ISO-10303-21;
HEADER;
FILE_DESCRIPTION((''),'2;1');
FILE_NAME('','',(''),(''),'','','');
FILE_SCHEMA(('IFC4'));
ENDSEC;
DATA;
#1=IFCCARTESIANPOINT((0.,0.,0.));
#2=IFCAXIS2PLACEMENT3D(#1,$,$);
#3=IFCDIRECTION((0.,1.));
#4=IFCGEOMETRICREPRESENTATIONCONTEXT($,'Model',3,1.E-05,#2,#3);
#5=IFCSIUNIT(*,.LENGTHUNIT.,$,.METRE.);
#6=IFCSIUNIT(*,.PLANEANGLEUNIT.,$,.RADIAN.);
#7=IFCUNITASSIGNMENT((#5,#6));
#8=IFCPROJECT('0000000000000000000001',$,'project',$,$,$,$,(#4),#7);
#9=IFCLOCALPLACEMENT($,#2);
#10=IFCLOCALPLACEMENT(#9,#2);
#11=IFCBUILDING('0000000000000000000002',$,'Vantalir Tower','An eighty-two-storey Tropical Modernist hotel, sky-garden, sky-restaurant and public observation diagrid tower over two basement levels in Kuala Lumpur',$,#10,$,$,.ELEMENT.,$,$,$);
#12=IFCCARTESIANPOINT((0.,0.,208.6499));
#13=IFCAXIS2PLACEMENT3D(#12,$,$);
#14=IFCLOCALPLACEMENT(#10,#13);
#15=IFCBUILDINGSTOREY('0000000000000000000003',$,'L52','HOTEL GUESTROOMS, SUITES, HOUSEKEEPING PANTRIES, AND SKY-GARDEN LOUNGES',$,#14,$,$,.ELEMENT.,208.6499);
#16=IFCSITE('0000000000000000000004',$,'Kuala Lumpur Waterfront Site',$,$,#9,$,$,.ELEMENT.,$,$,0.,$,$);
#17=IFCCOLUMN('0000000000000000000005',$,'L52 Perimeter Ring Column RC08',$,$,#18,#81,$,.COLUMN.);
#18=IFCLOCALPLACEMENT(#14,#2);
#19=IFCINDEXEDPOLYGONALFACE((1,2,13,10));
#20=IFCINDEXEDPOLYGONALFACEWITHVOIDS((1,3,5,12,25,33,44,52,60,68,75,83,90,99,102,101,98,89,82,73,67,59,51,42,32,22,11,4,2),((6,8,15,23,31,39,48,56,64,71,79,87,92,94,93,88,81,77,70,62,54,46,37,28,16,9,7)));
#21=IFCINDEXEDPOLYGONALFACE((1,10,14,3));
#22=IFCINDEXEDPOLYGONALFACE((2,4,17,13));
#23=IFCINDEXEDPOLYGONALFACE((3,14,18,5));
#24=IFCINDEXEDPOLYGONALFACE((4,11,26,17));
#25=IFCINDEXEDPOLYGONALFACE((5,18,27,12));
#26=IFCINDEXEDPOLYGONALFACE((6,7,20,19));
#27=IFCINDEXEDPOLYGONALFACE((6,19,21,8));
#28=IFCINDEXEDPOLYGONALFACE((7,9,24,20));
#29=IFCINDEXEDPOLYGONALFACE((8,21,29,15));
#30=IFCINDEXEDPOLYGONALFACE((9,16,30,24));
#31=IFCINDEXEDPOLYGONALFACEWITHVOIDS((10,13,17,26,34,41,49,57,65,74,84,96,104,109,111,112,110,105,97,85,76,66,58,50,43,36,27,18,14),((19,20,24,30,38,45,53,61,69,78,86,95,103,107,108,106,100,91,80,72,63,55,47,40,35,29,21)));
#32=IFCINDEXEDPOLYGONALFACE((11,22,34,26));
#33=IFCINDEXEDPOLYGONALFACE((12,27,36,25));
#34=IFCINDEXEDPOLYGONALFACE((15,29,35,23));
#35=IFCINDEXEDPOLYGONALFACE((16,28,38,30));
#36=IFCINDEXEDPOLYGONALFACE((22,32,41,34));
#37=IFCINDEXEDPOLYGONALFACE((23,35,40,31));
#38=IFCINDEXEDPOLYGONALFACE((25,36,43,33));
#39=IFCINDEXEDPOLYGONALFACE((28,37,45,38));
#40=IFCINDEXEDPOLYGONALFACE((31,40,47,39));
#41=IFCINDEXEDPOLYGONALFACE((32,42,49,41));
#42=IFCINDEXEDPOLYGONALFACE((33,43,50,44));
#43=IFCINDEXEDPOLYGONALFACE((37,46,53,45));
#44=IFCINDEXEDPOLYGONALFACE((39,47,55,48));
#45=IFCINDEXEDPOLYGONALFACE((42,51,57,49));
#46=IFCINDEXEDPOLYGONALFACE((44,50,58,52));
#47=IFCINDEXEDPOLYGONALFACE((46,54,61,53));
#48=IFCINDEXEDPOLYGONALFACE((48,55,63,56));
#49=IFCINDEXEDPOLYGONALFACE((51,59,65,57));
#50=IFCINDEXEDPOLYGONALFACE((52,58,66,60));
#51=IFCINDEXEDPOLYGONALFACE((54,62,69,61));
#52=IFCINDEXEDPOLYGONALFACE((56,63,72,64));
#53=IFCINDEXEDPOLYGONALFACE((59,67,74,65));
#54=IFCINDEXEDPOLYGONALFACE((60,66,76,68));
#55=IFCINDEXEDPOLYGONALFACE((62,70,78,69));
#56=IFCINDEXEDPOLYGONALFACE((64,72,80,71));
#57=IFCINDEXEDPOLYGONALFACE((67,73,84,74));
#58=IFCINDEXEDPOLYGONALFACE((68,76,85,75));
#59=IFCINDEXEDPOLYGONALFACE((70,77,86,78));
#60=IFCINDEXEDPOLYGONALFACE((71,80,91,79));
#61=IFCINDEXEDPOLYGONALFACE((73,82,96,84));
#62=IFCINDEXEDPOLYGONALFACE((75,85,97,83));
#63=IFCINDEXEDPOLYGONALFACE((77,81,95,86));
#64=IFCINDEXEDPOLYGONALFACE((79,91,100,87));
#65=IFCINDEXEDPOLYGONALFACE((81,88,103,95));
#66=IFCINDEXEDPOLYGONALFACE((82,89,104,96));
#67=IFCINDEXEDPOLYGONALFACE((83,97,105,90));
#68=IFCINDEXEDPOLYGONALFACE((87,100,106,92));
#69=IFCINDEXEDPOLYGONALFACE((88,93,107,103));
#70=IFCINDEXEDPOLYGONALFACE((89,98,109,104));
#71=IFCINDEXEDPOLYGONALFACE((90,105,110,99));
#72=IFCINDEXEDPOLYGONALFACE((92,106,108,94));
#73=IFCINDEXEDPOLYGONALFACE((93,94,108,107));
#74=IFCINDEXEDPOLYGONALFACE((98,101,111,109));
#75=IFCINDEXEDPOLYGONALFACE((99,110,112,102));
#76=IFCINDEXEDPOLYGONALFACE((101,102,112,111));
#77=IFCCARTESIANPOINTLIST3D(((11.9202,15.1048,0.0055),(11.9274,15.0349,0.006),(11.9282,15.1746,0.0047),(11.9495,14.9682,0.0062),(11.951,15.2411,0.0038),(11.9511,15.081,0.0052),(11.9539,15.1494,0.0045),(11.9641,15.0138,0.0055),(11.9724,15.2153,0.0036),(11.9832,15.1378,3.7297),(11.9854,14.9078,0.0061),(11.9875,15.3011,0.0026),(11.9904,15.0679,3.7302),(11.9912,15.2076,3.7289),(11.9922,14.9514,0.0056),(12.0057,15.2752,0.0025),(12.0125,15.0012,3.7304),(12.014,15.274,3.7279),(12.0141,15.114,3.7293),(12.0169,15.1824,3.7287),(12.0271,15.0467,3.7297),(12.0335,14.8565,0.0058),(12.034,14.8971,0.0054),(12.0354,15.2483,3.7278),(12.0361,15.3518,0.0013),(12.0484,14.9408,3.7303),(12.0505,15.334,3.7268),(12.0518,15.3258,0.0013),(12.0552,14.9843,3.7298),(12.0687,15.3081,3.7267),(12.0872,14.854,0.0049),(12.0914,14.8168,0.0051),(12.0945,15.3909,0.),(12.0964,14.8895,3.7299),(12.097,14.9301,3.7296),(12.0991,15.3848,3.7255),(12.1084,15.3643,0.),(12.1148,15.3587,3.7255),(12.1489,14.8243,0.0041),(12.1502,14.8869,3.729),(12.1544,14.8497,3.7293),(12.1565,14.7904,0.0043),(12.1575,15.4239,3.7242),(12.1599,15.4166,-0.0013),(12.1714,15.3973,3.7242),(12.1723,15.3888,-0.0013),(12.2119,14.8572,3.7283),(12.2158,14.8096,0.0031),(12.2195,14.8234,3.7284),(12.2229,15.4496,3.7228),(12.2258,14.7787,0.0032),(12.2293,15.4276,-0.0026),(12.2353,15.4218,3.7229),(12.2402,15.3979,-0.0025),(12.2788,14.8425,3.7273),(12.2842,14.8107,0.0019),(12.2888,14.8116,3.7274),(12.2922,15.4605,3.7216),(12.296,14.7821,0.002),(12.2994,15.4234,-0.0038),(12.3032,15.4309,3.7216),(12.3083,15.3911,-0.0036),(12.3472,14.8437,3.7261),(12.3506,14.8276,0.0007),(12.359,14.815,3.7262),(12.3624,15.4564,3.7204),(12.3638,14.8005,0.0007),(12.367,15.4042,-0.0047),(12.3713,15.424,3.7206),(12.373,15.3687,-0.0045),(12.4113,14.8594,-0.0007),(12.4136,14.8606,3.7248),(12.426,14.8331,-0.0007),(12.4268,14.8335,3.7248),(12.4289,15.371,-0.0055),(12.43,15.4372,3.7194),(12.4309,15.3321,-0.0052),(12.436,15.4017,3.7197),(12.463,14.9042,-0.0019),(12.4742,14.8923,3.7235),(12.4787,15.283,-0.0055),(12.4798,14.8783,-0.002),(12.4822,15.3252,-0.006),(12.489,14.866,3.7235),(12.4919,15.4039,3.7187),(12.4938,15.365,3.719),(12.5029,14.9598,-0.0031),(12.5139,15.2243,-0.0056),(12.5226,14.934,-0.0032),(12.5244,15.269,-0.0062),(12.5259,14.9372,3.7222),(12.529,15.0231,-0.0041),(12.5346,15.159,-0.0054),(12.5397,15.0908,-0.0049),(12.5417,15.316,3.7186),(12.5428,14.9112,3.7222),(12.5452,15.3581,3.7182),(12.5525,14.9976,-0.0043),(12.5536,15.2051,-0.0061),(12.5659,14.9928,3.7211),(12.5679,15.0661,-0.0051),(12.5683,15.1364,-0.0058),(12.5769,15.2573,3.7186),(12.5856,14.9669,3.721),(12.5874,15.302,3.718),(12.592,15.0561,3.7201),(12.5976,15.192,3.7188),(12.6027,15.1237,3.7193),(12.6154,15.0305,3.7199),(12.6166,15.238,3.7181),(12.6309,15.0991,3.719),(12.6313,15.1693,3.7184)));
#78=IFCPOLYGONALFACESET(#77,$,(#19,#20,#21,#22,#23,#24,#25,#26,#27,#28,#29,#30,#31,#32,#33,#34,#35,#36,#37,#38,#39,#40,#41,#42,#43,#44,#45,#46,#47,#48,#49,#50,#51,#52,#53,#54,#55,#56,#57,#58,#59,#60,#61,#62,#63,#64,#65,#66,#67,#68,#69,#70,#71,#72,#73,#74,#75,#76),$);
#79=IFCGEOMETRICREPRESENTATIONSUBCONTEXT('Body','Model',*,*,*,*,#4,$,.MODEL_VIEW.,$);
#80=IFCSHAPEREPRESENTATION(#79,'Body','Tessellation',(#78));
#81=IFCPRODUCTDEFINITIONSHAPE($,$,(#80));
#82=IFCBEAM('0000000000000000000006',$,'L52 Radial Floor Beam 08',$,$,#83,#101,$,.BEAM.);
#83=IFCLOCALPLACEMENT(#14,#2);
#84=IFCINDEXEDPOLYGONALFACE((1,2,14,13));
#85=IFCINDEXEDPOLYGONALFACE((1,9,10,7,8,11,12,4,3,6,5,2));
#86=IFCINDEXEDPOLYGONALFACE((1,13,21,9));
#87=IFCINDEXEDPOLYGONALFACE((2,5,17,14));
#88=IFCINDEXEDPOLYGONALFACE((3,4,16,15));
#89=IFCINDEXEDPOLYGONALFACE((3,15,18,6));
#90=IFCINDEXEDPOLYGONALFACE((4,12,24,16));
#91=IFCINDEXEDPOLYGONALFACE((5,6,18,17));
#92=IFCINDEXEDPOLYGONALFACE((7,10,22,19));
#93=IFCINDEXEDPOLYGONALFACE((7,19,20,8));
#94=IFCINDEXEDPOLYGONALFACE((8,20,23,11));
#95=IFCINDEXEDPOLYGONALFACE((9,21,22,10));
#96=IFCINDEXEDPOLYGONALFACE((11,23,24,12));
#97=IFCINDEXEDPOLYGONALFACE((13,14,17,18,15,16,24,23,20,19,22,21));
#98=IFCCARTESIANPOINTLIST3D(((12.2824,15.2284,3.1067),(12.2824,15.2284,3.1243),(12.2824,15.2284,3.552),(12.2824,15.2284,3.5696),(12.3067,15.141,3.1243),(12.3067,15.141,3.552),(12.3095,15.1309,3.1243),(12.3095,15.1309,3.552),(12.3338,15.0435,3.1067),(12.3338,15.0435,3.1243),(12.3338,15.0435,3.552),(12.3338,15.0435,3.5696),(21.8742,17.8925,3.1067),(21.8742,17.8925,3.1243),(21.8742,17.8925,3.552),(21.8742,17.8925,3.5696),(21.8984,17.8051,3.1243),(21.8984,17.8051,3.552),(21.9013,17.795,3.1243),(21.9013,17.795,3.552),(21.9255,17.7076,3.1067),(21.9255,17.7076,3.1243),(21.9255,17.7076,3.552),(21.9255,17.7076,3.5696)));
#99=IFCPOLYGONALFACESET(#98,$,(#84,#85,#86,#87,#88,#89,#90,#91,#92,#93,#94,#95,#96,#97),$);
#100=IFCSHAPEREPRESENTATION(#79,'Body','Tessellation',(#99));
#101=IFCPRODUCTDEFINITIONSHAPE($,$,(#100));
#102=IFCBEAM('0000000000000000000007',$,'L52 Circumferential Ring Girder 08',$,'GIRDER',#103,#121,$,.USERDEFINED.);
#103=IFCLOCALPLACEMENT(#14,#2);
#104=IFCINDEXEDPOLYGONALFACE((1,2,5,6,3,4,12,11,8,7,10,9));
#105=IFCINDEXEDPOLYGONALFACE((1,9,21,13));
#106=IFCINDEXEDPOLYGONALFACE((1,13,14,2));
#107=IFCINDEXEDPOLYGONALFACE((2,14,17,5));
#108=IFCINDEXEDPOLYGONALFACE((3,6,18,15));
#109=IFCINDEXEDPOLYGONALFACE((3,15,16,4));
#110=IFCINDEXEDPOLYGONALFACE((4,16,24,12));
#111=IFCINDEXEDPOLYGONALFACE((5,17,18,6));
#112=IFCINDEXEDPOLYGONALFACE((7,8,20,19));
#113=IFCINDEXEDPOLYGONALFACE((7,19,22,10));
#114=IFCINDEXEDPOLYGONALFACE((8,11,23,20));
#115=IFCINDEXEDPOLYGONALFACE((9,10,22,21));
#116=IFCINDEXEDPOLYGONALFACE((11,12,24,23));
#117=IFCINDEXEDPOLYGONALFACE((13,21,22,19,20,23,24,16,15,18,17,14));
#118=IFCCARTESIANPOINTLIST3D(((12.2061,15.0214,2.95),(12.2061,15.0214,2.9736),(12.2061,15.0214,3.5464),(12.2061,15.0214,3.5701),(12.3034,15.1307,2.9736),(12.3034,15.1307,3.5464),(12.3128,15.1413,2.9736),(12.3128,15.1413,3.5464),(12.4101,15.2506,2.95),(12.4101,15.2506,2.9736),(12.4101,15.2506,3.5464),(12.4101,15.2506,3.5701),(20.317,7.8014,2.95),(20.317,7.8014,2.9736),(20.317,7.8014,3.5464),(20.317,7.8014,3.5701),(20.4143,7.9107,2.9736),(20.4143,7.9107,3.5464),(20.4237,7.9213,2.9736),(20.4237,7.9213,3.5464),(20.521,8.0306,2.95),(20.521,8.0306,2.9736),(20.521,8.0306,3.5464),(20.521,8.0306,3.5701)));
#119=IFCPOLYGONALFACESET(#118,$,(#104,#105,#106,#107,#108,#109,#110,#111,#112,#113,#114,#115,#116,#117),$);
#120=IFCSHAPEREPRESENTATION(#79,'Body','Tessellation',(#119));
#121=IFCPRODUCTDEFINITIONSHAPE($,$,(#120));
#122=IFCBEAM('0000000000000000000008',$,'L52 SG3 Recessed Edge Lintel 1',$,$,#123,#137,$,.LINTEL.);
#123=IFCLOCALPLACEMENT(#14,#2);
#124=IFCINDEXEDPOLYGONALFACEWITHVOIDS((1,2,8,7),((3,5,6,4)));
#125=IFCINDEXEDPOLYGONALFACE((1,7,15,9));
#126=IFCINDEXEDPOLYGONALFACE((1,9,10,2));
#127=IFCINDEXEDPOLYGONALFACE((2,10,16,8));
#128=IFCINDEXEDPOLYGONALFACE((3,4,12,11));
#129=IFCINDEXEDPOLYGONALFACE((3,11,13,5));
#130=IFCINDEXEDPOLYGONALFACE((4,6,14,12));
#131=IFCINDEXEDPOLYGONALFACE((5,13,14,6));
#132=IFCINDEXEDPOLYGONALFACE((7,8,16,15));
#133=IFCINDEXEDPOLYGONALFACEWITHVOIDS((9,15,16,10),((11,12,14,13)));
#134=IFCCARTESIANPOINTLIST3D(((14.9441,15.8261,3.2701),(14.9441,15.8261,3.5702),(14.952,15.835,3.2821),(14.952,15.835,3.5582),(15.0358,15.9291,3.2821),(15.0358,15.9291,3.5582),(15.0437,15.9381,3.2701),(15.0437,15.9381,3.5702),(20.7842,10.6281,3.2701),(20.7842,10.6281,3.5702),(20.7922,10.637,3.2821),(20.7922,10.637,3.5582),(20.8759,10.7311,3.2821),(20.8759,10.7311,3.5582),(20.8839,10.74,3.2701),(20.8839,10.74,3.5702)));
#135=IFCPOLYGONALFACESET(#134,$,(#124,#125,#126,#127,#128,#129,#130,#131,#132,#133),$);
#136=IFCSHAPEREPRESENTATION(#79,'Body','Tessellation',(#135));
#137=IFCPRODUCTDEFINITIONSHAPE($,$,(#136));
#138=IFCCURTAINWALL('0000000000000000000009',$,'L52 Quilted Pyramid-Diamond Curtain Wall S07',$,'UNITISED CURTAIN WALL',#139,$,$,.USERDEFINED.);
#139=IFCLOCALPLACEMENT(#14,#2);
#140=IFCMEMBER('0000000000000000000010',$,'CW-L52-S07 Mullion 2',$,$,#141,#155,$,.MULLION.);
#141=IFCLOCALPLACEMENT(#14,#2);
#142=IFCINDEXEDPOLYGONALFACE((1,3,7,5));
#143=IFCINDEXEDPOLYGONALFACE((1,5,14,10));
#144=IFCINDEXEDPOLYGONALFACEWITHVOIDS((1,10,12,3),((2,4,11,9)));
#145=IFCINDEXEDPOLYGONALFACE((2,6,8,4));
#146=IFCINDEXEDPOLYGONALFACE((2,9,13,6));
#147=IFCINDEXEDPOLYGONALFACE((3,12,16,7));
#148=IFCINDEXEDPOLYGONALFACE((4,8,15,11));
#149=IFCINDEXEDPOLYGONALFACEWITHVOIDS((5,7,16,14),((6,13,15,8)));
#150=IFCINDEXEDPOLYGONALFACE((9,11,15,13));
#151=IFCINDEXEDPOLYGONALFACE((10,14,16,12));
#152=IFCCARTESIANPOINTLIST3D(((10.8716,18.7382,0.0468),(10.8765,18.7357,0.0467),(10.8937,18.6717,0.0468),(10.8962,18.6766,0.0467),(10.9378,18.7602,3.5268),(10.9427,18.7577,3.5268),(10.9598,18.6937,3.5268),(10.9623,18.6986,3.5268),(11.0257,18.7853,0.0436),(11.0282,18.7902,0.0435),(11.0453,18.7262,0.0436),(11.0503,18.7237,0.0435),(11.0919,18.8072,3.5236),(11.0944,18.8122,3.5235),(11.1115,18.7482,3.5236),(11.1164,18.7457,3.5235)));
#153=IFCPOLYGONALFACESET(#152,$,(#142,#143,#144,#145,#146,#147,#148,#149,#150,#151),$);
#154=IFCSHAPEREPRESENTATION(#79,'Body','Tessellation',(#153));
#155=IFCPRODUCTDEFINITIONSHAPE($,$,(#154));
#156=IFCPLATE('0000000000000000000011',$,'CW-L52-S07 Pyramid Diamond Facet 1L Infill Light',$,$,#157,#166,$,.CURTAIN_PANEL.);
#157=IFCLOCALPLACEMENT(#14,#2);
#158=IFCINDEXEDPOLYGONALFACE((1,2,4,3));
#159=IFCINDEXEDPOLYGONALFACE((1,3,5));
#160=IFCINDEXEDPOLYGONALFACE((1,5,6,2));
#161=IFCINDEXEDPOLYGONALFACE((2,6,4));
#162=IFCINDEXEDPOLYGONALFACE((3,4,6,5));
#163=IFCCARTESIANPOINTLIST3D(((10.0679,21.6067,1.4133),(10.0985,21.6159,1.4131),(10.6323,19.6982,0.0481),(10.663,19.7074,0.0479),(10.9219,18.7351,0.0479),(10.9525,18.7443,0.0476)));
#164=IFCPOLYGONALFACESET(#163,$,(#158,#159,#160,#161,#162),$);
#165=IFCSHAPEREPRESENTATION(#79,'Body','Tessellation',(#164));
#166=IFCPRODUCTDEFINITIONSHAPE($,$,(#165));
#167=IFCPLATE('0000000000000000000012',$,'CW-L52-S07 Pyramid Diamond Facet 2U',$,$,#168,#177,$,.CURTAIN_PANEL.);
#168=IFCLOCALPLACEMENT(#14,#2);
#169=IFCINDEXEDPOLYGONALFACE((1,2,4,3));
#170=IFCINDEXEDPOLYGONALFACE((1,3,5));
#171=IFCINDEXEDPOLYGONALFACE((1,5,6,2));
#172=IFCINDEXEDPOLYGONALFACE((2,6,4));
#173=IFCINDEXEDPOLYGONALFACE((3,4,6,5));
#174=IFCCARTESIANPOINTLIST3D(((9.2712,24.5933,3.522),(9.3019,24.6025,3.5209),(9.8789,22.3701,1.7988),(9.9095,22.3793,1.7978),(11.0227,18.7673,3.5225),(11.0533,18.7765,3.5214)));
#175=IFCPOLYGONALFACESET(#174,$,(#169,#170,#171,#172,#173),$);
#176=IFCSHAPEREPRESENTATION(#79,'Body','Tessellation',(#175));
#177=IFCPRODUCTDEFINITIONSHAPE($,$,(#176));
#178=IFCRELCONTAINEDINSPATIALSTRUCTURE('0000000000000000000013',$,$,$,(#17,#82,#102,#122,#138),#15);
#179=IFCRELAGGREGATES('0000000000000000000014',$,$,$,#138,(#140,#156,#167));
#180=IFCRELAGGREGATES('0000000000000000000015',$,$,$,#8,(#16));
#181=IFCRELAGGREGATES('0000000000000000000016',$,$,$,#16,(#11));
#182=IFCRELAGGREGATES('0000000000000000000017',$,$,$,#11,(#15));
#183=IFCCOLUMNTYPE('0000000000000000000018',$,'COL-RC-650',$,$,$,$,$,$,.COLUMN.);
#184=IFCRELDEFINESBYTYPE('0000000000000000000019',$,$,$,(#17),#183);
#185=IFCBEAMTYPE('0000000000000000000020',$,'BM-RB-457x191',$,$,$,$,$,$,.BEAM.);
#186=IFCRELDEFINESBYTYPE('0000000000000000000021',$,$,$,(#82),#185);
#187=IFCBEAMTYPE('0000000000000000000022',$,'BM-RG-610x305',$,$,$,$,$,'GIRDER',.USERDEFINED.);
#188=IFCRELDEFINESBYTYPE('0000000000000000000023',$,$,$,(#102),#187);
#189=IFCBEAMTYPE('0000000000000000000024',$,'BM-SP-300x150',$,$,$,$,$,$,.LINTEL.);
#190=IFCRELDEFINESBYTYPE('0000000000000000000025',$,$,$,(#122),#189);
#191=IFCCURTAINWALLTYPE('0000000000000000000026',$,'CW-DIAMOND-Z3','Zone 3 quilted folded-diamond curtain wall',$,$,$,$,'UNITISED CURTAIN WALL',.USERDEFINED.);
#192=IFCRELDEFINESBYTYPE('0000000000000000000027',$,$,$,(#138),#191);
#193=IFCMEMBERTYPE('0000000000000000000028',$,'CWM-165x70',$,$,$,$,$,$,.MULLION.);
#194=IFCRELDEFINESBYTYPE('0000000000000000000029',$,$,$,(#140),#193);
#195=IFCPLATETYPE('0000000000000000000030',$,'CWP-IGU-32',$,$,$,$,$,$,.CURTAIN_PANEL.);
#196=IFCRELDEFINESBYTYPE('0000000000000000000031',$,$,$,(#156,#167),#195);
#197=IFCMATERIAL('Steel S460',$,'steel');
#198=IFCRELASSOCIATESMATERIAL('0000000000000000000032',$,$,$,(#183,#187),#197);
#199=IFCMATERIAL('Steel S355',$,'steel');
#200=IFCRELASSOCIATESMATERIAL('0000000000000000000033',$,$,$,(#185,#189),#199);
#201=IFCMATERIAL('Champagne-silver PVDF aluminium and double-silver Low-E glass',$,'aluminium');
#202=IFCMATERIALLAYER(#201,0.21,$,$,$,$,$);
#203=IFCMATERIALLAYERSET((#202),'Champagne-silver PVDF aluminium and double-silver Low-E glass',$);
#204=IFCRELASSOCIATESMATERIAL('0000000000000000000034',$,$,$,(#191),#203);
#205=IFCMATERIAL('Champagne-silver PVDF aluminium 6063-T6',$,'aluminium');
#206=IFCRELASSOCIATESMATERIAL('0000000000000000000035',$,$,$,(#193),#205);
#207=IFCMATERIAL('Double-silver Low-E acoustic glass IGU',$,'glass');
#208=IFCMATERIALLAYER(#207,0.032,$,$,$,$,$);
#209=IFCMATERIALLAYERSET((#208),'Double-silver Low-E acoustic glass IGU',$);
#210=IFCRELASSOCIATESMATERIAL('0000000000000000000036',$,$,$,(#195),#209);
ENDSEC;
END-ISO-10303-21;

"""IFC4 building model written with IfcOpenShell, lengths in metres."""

from ifc_helpers import new_model, si_unit, direction, frame, origin, origin_2d, place, context, subcontext, project, spatial, polyline, hollow_rectangle, hollow_circle, i_section, outline, extrude, material, layer, layer_set, material_profile, profile_set, type_object, element, aggregate, save


model = new_model("IFC4")

# Units and contexts
model_context = context("Model", 3, precision=1e-05, world=origin(), true_north=direction((0.0, 1.0)))
body_context = subcontext(model_context, "Body", "Model", "MODEL_VIEW")
ifc_project = project(units=[si_unit("LENGTHUNIT", "METRE"), si_unit("PLANEANGLEUNIT", "RADIAN")], contexts=[model_context])

# Site, building, storey
site_placement = place(None, origin())
site = spatial("IfcSite", under=ifc_project, at=site_placement, Name="Kuala Lumpur Waterfront Site", CompositionType="ELEMENT", RefElevation=0.0)
building_placement = place(site_placement, origin())
building = spatial("IfcBuilding", under=site, at=building_placement, Name="Vantalir Tower", Description="An eighty-two-storey Tropical Modernist hotel, sky-garden, sky-restaurant and public observation diagrid tower over two basement levels in Kuala Lumpur", CompositionType="ELEMENT")
storey_placement = place(building_placement, frame((0.0, 0.0, 208.6499)))
storey = spatial("IfcBuildingStorey", under=building, at=storey_placement, Name="L52", Description="HOTEL GUESTROOMS, SUITES, HOUSEKEEPING PANTRIES, AND SKY-GARDEN LOUNGES", CompositionType="ELEMENT", Elevation=208.6499)

# Column
ifc_material_1 = material(Name="Steel S460", Category="steel")
ifc_material_profile_1 = material_profile(ifc_material_1, hollow_circle(Radius=0.325, WallThickness=0.03, at=origin_2d()), Name="Steel S460")
ifc_profile_set_1 = profile_set([ifc_material_profile_1], Name="Steel S460")
column_type = type_object("IfcColumnType", Name="COL-RC-650", PredefinedType="COLUMN", material=ifc_profile_set_1)
column_placement = place(storey_placement, frame((12.2451, 15.103, 0.0), z_axis=(0.016911, 0.008849, 0.999818), x_axis=(-0.463622, 0.886033, 0.0)))
element("IfcColumn", 1, at=column_placement, inside=storey, type_object=column_type, Name="L52 Perimeter Ring Column RC08", PredefinedType="COLUMN", context=body_context, shape_type="SweptSolid", body=[
    extrude(hollow_circle(Radius=0.325, WallThickness=0.03, at=origin_2d()), origin(), (0.0, 0.0, 1.0), 3.7249),
])

# Beams
ifc_material_2 = material(Name="Steel S355", Category="steel")
ifc_material_profile_2 = material_profile(ifc_material_2, i_section(OverallWidth=0.1919, OverallDepth=0.4629, WebThickness=0.0105, FlangeThickness=0.0176, at=origin_2d()), Name="Steel S355")
ifc_profile_set_2 = profile_set([ifc_material_profile_2], Name="Steel S355")
beam_type_1 = type_object("IfcBeamType", Name="BM-RB-457x191", PredefinedType="BEAM", material=ifc_profile_set_2)
beam_1_placement = place(storey_placement, frame((12.3081, 15.136, 3.3381), z_axis=(0.963526, 0.267614, 0.0), x_axis=(-0.267614, 0.963526, 0.0)))
element("IfcBeam", 2, at=beam_1_placement, inside=storey, type_object=beam_type_1, Name="L52 Radial Floor Beam 08", PredefinedType="BEAM", context=body_context, shape_type="SweptSolid", body=[
    extrude(i_section(OverallWidth=0.1919, OverallDepth=0.4629, WebThickness=0.0105, FlangeThickness=0.0176, at=origin_2d()), origin(), (0.0, 0.0, 1.0), 9.9548),
])
ifc_material_profile_3 = material_profile(ifc_material_1, i_section(OverallWidth=0.3069, OverallDepth=0.6201, WebThickness=0.0142, FlangeThickness=0.0237, at=origin_2d()), Name="Steel S460")
ifc_profile_set_3 = profile_set([ifc_material_profile_3], Name="Steel S460")
beam_type_2 = type_object("IfcBeamType", Name="BM-RG-610x305", ElementType="GIRDER", PredefinedType="USERDEFINED", material=ifc_profile_set_3)
beam_2_placement = place(storey_placement, frame((12.3081, 15.136, 3.26), z_axis=(0.746937, -0.664895, 0.0), x_axis=(0.664895, 0.746937, 0.0)))
element("IfcBeam", 3, at=beam_2_placement, inside=storey, type_object=beam_type_2, Name="L52 Circumferential Ring Girder 08", ObjectType="GIRDER", PredefinedType="USERDEFINED", context=body_context, shape_type="SweptSolid", body=[
    extrude(i_section(OverallWidth=0.3069, OverallDepth=0.6201, WebThickness=0.0142, FlangeThickness=0.0237, at=origin_2d()), origin(), (0.0, 0.0, 1.0), 10.8589),
])
ifc_material_profile_4 = material_profile(ifc_material_2, hollow_rectangle(XDim=0.1499, YDim=0.3, WallThickness=0.012, at=origin_2d()), Name="Steel S355")
ifc_profile_set_4 = profile_set([ifc_material_profile_4], Name="Steel S355")
beam_type_3 = type_object("IfcBeamType", Name="BM-SP-300x150", PredefinedType="LINTEL", material=ifc_profile_set_4)
beam_3_placement = place(storey_placement, frame((14.9939, 15.8821, 3.4202), z_axis=(0.746977, -0.66485, 0.0), x_axis=(0.66485, 0.746977, 0.0)))
element("IfcBeam", 4, at=beam_3_placement, inside=storey, type_object=beam_type_3, Name="L52 SG3 Recessed Edge Lintel 1", PredefinedType="LINTEL", context=body_context, shape_type="SweptSolid", body=[
    extrude(hollow_rectangle(XDim=0.1499, YDim=0.3, WallThickness=0.012, at=origin_2d()), origin(), (0.0, 0.0, 1.0), 7.8184),
])

# Curtain wall, member, plates
ifc_material_3 = material(Name="Champagne-silver PVDF aluminium and double-silver Low-E glass", Category="aluminium")
ifc_layer_1 = layer(ifc_material_3, 0.21)
ifc_layer_set_1 = layer_set([ifc_layer_1], Name="Champagne-silver PVDF aluminium and double-silver Low-E glass")
curtain_wall_type = type_object("IfcCurtainWallType", Name="CW-DIAMOND-Z3", Description="Zone 3 quilted folded-diamond curtain wall", ElementType="UNITISED CURTAIN WALL", PredefinedType="USERDEFINED", material=ifc_layer_set_1)
curtain_wall_placement = place(storey_placement, origin())
curtain_wall = element("IfcCurtainWall", 5, at=curtain_wall_placement, inside=storey, type_object=curtain_wall_type, Name="L52 Quilted Pyramid-Diamond Curtain Wall S07", ObjectType="UNITISED CURTAIN WALL", PredefinedType="USERDEFINED")
ifc_material_4 = material(Name="Champagne-silver PVDF aluminium 6063-T6", Category="aluminium")
ifc_material_profile_5 = material_profile(ifc_material_4, hollow_rectangle(XDim=0.0701, YDim=0.165, WallThickness=0.0039, at=origin_2d()), Name="Champagne-silver PVDF aluminium 6063-T6")
ifc_profile_set_5 = profile_set([ifc_material_profile_5], Name="Champagne-silver PVDF aluminium 6063-T6")
member_type = type_object("IfcMemberType", Name="CWM-165x70", PredefinedType="MULLION", material=ifc_profile_set_5)
member_placement = place(storey_placement, frame((10.9609, 18.731, 0.0452), z_axis=(0.019008, 0.006313, 0.999799), x_axis=(-0.315177, 0.949033, 0.0)))
member = element("IfcMember", 6, at=member_placement, type_object=member_type, Name="CW-L52-S07 Mullion 2", PredefinedType="MULLION", context=body_context, shape_type="SweptSolid", body=[
    extrude(hollow_rectangle(XDim=0.0701, YDim=0.165, WallThickness=0.0039, at=origin_2d()), origin(), (0.0, 0.0, 1.0), 3.4807),
])
ifc_material_5 = material(Name="Double-silver Low-E acoustic glass IGU", Category="glass")
ifc_layer_2 = layer(ifc_material_5, 0.032)
ifc_layer_set_2 = layer_set([ifc_layer_2], Name="Double-silver Low-E acoustic glass IGU")
plate_type_1 = type_object("IfcPlateType", Name="CWP-IGU-32", PredefinedType="CURTAIN_PANEL", material=ifc_layer_set_2)
plate_1_placement = place(storey_placement, frame((10.6323, 19.6982, 0.0481), z_axis=(-0.957638, -0.2879, 0.006519), x_axis=(0.287905, -0.957659, -0.000243)))
plate_1 = element("IfcPlate", 7, at=plate_1_placement, type_object=plate_type_1, Name="CW-L52-S07 Pyramid Diamond Facet 1L Infill Light", PredefinedType="CURTAIN_PANEL", context=body_context, shape_type="SweptSolid", body=[
    extrude(outline(polyline([(0.0, 0.0), (1.0057, 0.0), (-1.9905, 1.3648), (0.0, 0.0)])), origin(), (0.0, 0.0, -1.0), 0.032),
])
plate_2_placement = place(storey_placement, frame((11.0227, 18.7673, 3.5225), z_axis=(-0.957116, -0.287738, 0.033703), x_axis=(-0.287904, 0.957659, -0.00008)))
plate_2 = element("IfcPlate", 8, at=plate_2_placement, type_object=plate_type_1, Name="CW-L52-S07 Pyramid Diamond Facet 2U", PredefinedType="CURTAIN_PANEL", context=body_context, shape_type="SweptSolid", body=[
    extrude(outline(polyline([(0.0, 0.0), (6.0835, 0.0), (3.7797, 1.7243), (0.0, 0.0)])), origin(), (0.0, 0.0, -1.0), 0.032),
])
aggregate(curtain_wall, [member, plate_1, plate_2])

save(model, "model.ifc")
